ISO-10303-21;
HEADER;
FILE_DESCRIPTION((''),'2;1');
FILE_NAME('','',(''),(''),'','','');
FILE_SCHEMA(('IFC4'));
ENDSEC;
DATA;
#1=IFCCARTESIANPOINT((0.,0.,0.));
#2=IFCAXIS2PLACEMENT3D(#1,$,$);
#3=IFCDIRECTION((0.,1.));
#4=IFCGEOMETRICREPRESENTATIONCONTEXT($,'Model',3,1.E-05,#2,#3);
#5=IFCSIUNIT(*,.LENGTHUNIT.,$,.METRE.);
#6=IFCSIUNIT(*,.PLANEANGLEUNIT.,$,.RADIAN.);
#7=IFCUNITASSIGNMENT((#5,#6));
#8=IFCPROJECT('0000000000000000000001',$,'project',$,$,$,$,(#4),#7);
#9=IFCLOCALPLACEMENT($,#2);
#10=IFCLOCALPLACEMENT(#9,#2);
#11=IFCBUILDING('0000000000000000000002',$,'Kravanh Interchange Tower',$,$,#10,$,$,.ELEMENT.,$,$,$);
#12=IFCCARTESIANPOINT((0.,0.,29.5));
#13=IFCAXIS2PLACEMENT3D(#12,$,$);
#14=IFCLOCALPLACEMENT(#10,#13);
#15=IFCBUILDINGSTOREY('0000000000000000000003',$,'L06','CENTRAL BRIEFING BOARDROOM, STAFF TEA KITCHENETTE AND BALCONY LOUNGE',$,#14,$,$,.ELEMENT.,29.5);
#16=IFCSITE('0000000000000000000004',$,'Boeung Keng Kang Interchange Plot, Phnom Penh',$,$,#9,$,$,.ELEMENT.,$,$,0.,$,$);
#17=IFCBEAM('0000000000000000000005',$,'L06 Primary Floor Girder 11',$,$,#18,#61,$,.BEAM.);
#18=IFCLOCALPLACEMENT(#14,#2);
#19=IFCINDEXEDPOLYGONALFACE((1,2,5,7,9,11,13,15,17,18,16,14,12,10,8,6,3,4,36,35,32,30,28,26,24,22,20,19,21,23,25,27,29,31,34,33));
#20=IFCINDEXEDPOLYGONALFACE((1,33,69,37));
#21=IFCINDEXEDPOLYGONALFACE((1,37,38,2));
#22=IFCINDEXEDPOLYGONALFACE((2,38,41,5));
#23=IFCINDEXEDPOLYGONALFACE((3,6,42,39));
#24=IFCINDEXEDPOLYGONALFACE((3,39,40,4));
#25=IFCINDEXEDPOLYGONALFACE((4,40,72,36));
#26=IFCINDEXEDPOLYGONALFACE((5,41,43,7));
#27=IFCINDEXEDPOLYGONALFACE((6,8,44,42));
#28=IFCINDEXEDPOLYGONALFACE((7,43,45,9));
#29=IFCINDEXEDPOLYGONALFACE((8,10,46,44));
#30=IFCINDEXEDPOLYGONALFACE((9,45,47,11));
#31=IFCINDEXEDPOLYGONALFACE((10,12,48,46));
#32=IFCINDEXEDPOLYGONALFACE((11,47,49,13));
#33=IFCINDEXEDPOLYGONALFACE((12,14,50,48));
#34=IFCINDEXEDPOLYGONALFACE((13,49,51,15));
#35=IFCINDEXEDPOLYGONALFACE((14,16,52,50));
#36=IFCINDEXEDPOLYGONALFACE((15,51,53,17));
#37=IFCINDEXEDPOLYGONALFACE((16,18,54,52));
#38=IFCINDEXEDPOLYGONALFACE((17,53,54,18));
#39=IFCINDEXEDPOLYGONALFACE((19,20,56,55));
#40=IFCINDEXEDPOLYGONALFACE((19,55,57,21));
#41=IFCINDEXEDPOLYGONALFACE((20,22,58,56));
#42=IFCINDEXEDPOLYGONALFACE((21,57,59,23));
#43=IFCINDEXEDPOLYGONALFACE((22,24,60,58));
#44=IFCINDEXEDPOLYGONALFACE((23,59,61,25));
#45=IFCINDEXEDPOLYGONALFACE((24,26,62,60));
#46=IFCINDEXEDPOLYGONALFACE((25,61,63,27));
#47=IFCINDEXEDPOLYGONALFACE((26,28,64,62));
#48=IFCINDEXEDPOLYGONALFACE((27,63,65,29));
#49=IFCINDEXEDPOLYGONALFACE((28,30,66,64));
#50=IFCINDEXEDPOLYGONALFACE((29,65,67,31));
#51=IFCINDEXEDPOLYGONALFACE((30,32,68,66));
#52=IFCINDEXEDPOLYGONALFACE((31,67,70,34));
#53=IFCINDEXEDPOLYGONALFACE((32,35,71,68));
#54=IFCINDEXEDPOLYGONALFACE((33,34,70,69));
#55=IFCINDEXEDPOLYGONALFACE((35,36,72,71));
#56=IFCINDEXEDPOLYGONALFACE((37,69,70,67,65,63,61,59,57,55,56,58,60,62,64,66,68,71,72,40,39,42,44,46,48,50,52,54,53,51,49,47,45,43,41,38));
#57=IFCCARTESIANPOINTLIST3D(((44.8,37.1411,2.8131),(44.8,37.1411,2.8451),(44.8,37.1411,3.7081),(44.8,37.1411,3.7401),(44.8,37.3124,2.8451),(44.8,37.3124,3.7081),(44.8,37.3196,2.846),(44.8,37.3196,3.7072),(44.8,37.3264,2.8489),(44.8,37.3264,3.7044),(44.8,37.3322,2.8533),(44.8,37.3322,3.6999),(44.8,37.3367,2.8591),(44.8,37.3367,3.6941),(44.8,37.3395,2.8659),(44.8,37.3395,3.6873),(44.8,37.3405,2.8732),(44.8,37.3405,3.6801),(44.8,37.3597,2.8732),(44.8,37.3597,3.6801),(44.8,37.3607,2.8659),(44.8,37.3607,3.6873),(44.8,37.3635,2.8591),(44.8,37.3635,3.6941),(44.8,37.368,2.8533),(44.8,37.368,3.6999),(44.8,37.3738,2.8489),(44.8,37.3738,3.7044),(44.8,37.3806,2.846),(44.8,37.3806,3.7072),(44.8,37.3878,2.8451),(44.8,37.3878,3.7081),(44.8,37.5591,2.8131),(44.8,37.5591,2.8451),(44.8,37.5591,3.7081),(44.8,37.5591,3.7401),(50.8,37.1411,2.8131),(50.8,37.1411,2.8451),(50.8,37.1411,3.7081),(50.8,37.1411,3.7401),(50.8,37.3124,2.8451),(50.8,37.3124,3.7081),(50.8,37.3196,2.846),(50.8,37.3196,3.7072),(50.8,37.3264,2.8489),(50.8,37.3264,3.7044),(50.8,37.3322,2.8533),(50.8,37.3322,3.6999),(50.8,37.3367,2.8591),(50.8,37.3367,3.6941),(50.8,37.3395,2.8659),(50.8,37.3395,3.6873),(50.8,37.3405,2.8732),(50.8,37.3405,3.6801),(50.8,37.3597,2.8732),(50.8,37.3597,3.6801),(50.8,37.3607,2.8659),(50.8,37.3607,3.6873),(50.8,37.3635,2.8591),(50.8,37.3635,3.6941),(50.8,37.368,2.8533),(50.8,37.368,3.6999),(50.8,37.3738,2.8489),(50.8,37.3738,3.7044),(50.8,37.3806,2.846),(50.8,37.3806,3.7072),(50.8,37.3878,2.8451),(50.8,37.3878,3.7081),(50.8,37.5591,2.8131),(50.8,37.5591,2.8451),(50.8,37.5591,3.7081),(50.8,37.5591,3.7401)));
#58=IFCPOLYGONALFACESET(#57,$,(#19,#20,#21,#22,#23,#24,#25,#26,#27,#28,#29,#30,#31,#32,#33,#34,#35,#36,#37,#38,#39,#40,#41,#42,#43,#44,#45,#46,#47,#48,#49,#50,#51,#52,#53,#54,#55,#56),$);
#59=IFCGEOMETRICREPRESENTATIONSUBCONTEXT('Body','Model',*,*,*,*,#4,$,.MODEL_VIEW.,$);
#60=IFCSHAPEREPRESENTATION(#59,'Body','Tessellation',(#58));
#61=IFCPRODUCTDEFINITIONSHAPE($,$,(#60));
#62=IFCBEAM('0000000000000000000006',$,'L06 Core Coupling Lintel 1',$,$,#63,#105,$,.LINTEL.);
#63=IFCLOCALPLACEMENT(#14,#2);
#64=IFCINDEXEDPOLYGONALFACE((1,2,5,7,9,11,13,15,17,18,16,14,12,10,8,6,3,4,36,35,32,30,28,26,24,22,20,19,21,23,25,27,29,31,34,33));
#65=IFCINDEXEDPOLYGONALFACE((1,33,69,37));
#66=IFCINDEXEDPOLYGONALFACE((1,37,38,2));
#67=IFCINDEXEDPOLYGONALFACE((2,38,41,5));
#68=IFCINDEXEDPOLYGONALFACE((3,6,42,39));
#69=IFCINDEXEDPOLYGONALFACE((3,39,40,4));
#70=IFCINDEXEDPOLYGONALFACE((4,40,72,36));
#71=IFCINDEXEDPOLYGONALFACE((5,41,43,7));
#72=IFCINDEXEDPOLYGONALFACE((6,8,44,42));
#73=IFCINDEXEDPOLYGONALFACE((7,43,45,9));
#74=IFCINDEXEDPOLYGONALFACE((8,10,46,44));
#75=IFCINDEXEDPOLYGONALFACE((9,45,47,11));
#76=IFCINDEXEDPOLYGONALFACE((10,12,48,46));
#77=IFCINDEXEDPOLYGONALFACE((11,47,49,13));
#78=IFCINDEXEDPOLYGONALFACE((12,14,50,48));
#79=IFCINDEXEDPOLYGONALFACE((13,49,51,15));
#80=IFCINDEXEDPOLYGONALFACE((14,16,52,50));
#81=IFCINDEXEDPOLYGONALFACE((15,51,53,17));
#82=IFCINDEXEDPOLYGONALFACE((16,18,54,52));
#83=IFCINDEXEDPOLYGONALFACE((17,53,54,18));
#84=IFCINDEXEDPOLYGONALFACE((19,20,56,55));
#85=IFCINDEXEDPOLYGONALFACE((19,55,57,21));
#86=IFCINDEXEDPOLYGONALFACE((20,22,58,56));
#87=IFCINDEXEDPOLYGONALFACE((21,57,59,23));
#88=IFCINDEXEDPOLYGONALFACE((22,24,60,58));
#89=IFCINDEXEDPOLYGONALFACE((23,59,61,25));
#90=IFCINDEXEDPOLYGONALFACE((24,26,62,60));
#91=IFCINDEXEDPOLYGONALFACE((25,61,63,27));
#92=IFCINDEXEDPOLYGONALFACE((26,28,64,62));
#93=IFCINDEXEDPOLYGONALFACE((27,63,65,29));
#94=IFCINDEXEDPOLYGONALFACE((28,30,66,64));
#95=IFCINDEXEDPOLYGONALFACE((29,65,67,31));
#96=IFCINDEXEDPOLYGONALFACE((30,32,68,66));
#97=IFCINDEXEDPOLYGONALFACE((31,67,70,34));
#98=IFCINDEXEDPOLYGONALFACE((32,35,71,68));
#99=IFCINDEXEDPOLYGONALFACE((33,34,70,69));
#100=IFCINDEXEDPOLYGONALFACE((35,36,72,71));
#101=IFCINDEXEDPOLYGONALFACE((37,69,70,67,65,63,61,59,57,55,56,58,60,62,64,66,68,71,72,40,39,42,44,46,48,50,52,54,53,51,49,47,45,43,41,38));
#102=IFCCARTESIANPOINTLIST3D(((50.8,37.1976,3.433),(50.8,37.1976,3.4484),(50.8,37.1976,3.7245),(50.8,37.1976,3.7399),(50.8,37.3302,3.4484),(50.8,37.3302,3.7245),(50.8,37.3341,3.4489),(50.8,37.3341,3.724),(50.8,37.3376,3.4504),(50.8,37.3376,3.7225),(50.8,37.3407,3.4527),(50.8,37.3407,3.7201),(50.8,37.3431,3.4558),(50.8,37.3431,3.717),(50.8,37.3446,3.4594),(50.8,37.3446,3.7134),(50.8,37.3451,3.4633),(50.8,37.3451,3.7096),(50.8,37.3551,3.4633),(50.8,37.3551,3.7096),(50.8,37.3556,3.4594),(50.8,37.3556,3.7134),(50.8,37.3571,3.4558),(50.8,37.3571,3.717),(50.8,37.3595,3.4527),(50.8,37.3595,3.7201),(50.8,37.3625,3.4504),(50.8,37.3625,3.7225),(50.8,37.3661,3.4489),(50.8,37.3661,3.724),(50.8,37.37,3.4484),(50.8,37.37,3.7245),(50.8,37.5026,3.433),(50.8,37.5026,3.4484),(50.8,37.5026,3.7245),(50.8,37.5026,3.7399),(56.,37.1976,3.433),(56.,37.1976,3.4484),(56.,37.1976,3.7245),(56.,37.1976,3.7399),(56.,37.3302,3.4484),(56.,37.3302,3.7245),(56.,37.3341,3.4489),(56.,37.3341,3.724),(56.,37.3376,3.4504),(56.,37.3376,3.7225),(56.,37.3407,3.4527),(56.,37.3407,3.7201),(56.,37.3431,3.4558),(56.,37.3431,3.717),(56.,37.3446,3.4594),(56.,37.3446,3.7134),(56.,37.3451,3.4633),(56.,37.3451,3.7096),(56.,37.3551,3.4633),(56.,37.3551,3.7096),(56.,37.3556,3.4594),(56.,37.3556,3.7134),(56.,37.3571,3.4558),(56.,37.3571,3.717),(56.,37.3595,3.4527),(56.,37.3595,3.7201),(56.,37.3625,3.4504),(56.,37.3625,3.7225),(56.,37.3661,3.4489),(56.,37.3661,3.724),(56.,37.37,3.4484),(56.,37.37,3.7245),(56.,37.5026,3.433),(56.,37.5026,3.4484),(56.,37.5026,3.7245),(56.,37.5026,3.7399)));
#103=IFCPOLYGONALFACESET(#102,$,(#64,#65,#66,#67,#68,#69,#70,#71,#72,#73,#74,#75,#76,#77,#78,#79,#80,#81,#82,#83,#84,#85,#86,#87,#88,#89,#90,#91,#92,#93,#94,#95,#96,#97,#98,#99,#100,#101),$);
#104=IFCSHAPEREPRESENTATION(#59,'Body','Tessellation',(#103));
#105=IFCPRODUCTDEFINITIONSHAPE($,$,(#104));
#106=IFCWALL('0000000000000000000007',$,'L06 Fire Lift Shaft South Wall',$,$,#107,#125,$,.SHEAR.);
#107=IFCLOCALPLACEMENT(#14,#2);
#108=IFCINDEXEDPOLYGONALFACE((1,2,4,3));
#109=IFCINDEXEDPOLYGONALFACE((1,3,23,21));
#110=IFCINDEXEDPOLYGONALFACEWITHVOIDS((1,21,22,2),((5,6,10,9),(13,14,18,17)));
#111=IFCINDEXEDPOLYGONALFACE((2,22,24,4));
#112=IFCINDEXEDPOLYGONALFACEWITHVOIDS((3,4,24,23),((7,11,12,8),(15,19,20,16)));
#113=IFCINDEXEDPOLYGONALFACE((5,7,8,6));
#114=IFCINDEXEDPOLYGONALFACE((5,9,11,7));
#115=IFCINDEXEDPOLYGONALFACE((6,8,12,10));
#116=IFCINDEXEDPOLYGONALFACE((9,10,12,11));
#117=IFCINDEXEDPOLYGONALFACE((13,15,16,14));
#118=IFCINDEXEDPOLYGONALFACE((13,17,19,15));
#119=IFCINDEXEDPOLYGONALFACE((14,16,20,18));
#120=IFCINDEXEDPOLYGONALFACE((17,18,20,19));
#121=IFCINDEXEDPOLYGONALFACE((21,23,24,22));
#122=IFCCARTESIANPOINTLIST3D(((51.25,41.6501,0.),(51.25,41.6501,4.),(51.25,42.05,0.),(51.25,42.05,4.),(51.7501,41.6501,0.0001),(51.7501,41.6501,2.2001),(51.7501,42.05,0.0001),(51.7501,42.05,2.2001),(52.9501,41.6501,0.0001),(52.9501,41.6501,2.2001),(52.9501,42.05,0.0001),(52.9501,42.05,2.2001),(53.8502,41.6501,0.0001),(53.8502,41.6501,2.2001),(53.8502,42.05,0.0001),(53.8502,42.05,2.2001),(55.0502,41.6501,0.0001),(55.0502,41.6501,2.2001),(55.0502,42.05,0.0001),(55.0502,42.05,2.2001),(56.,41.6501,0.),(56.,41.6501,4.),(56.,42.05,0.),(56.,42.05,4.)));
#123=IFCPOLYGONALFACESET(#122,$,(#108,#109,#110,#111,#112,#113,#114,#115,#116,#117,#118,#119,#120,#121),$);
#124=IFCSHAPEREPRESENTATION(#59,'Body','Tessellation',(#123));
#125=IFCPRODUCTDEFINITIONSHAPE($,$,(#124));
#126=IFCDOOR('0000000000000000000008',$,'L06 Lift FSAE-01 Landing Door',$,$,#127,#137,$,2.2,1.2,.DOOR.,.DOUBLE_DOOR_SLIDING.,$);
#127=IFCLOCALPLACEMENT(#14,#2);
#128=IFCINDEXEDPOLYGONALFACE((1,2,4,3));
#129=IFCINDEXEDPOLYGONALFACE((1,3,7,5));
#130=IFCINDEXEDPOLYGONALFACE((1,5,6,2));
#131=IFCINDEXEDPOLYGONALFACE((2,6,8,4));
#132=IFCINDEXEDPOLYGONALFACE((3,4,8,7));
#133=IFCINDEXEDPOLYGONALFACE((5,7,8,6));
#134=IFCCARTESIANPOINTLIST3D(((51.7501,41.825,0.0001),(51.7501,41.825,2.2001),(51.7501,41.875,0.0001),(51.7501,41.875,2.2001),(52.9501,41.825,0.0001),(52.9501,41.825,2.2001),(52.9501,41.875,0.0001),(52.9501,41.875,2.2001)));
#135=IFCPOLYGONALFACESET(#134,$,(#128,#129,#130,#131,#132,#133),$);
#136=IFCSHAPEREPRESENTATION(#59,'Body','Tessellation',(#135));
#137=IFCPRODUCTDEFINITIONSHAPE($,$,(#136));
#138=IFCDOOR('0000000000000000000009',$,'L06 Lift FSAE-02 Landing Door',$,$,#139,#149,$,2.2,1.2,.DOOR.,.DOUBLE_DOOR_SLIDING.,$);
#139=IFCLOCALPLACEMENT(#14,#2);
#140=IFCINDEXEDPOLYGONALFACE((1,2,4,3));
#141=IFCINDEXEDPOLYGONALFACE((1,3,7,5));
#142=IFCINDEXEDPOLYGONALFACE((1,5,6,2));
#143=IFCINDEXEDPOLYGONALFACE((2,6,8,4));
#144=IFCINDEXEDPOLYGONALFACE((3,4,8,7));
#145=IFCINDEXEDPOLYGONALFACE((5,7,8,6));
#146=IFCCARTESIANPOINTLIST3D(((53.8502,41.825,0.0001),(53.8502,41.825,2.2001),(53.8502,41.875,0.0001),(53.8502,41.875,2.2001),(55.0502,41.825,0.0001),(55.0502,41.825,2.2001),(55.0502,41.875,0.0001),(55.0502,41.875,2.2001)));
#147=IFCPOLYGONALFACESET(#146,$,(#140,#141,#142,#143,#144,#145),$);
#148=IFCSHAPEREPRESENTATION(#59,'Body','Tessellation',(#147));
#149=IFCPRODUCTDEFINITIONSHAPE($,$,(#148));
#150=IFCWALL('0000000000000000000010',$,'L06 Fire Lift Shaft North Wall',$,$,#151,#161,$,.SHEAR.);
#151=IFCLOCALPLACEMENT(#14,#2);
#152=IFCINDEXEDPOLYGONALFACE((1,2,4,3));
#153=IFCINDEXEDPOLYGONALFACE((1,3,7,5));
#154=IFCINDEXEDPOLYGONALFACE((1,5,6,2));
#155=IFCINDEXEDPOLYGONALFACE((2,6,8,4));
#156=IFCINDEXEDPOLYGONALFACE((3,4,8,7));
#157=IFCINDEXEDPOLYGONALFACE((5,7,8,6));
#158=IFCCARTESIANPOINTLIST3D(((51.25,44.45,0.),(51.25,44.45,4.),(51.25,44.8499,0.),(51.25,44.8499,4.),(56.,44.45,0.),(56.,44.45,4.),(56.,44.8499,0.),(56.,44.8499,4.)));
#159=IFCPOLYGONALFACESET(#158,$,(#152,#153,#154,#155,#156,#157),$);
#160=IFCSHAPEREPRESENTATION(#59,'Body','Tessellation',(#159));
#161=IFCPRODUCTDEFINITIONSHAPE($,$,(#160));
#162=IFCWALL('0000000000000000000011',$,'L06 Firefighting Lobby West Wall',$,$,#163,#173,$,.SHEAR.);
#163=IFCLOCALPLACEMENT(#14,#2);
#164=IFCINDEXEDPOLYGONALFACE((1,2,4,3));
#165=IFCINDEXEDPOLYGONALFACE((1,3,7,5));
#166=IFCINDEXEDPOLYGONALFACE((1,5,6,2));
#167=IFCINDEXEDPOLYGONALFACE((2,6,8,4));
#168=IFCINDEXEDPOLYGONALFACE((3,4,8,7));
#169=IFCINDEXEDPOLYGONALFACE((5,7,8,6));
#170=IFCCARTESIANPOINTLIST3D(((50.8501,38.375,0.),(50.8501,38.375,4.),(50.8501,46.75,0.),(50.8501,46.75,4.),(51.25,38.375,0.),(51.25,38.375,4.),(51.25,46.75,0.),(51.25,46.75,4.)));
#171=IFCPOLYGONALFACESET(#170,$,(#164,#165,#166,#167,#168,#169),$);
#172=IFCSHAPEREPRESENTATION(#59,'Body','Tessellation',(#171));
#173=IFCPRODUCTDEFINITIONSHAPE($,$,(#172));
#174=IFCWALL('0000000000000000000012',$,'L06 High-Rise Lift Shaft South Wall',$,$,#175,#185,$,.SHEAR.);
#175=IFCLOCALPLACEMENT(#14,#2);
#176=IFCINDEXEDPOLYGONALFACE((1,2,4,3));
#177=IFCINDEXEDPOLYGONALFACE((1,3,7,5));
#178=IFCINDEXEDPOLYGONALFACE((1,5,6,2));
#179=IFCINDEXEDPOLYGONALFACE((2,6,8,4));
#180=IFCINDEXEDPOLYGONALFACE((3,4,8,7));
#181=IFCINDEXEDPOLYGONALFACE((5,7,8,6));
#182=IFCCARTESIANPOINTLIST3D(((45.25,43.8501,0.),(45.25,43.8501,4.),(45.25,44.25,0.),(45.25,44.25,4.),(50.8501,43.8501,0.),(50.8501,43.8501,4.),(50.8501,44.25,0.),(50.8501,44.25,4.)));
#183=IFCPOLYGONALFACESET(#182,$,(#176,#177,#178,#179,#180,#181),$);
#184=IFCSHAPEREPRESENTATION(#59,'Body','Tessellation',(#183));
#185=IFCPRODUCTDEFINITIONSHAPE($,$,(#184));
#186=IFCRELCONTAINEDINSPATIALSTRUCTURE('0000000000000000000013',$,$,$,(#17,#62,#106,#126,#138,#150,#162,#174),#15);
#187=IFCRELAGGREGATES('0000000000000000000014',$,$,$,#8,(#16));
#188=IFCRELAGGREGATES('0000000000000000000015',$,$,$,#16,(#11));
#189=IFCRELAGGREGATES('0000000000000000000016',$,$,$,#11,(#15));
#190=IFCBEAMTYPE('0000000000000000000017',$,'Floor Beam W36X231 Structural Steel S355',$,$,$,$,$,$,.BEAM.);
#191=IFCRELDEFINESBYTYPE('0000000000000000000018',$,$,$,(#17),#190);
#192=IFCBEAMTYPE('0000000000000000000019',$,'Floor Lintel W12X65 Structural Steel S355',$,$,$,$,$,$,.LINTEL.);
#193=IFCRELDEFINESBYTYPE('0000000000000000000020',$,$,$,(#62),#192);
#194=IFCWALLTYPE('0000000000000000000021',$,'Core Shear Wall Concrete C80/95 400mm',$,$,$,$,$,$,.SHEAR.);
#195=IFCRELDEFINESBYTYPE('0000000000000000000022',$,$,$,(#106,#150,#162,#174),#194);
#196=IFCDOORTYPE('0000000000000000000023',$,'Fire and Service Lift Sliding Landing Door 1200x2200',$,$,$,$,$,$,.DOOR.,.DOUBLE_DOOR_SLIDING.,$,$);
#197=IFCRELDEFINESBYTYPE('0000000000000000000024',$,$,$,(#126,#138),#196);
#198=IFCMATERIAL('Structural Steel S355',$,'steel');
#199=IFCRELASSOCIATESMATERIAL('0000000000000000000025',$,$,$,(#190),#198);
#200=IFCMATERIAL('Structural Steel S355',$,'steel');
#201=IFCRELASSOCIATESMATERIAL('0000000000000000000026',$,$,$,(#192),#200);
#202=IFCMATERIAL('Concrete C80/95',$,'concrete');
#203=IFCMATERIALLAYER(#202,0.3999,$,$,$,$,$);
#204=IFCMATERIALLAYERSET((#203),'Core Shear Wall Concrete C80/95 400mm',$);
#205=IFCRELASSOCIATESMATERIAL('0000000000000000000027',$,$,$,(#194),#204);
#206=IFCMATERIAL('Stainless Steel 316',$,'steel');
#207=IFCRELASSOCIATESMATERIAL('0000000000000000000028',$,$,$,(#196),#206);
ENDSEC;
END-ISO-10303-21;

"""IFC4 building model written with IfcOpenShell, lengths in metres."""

from ifc_helpers import new_model, si_unit, direction, frame, frame_2d, origin, origin_2d, place, context, subcontext, project, spatial, rectangle, i_section, extrude, material, layer, layer_set, material_profile, profile_set, type_object, element, fill, save


model = new_model("IFC4")

# Units and contexts
model_context = context("Model", 3, precision=1e-05, world=origin(), true_north=direction((0.0, 1.0)))
body_context = subcontext(model_context, "Body", "Model", "MODEL_VIEW")
ifc_project = project(units=[si_unit("LENGTHUNIT", "METRE"), si_unit("PLANEANGLEUNIT", "RADIAN")], contexts=[model_context])

# Site, building, storey
site_placement = place(None, origin())
site = spatial("IfcSite", under=ifc_project, at=site_placement, Name="Boeung Keng Kang Interchange Plot, Phnom Penh", CompositionType="ELEMENT", RefElevation=0.0)
building_placement = place(site_placement, origin())
building = spatial("IfcBuilding", under=site, at=building_placement, Name="Kravanh Interchange Tower", CompositionType="ELEMENT")
storey_placement = place(building_placement, frame((0.0, 0.0, 29.5)))
storey = spatial("IfcBuildingStorey", under=building, at=storey_placement, Name="L06", Description="CENTRAL BRIEFING BOARDROOM, STAFF TEA KITCHENETTE AND BALCONY LOUNGE", CompositionType="ELEMENT", Elevation=29.5)

# Beams
ifc_material_1 = material(Name="Structural Steel S355", Category="steel")
ifc_material_profile_1 = material_profile(ifc_material_1, i_section(OverallWidth=0.418, OverallDepth=0.927, WebThickness=0.0193, FlangeThickness=0.032, FilletRadius=0.0281, at=origin_2d()), Name="W36X231")
ifc_profile_set_1 = profile_set([ifc_material_profile_1], Name="Structural Steel S355")
beam_type_1 = type_object("IfcBeamType", Name="Floor Beam W36X231 Structural Steel S355", PredefinedType="BEAM", material=ifc_profile_set_1)
beam_1_placement = place(storey_placement, frame((50.8, 37.3501, 3.2766), z_axis=(-1.0, 0.0, 0.0), x_axis=(0.0, -1.0, 0.0)))
element("IfcBeam", 1, at=beam_1_placement, inside=storey, type_object=beam_type_1, Name="L06 Primary Floor Girder 11", PredefinedType="BEAM", context=body_context, shape_type="SweptSolid", body=[
    extrude(i_section(OverallWidth=0.418, OverallDepth=0.927, WebThickness=0.0193, FlangeThickness=0.032, FilletRadius=0.0281, at=origin_2d()), origin(), (0.0, 0.0, 1.0), 6.0),
])
ifc_material_2 = material(Name="Structural Steel S355", Category="steel")
ifc_material_profile_2 = material_profile(ifc_material_2, i_section(OverallWidth=0.3049, OverallDepth=0.3069, WebThickness=0.01, FlangeThickness=0.0154, FilletRadius=0.0149, at=origin_2d()), Name="W12X65")
ifc_profile_set_2 = profile_set([ifc_material_profile_2], Name="Structural Steel S355")
beam_type_2 = type_object("IfcBeamType", Name="Floor Lintel W12X65 Structural Steel S355", PredefinedType="LINTEL", material=ifc_profile_set_2)
beam_2_placement = place(storey_placement, frame((50.8, 37.3501, 3.5864), z_axis=(1.0, 0.0, 0.0), x_axis=(0.0, 1.0, 0.0)))
element("IfcBeam", 2, at=beam_2_placement, inside=storey, type_object=beam_type_2, Name="L06 Core Coupling Lintel 1", PredefinedType="LINTEL", context=body_context, shape_type="SweptSolid", body=[
    extrude(i_section(OverallWidth=0.3049, OverallDepth=0.3069, WebThickness=0.01, FlangeThickness=0.0154, FilletRadius=0.0149, at=origin_2d()), origin(), (0.0, 0.0, 1.0), 5.2),
])

# Wall, openings, doors
ifc_material_3 = material(Name="Concrete C80/95", Category="concrete")
ifc_layer_1 = layer(ifc_material_3, 0.3999)
ifc_layer_set_1 = layer_set([ifc_layer_1], Name="Core Shear Wall Concrete C80/95 400mm")
wall_type_1 = type_object("IfcWallType", Name="Core Shear Wall Concrete C80/95 400mm", PredefinedType="SHEAR", material=ifc_layer_set_1)
wall_1_placement = place(storey_placement, frame((51.25, 41.8501, 0.0), z_axis=(0.0, 0.0, 1.0), x_axis=(1.0, 0.0, 0.0)))
wall_1 = element("IfcWall", 3, at=wall_1_placement, inside=storey, type_object=wall_type_1, Name="L06 Fire Lift Shaft South Wall", PredefinedType="SHEAR", context=body_context, shape_type="SweptSolid", body=[
    extrude(rectangle(XDim=4.75, YDim=0.3999, at=frame_2d((2.375, 0.0))), origin(), (0.0, 0.0, 1.0), 4.0),
])
opening_1_placement = place(wall_1_placement, frame((0.5, 0.0, 0.0)))
opening_1 = element("IfcOpeningElement", 4, at=opening_1_placement, cuts=wall_1, PredefinedType="OPENING", context=body_context, shape_type="SweptSolid", body=[
    extrude(rectangle(XDim=1.2, YDim=2.2, at=frame_2d((0.6001, 1.1001))), frame((0.0, 0.21, 0.0), z_axis=(0.0, -1.0, 0.0), x_axis=(1.0, 0.0, 0.0)), (0.0, 0.0, 1.0), 0.4199),
])
opening_2_placement = place(wall_1_placement, frame((2.6001, 0.0, 0.0)))
opening_2 = element("IfcOpeningElement", 5, at=opening_2_placement, cuts=wall_1, PredefinedType="OPENING", context=body_context, shape_type="SweptSolid", body=[
    extrude(rectangle(XDim=1.2, YDim=2.2, at=frame_2d((0.6001, 1.1001))), frame((0.0, 0.21, 0.0), z_axis=(0.0, -1.0, 0.0), x_axis=(1.0, 0.0, 0.0)), (0.0, 0.0, 1.0), 0.4199),
])
ifc_material_4 = material(Name="Stainless Steel 316", Category="steel")
door_type_1 = type_object("IfcDoorType", Name="Fire and Service Lift Sliding Landing Door 1200x2200", OperationType="DOUBLE_DOOR_SLIDING", PredefinedType="DOOR", material=ifc_material_4)
door_1_placement = place(opening_1_placement, origin())
door_1 = element("IfcDoor", 6, at=door_1_placement, inside=storey, type_object=door_type_1, Name="L06 Lift FSAE-01 Landing Door", OperationType="DOUBLE_DOOR_SLIDING", OverallHeight=2.2, OverallWidth=1.2, PredefinedType="DOOR", context=body_context, shape_type="SweptSolid", body=[
    extrude(rectangle(XDim=1.2, YDim=2.2, at=frame_2d((0.6001, 1.1001))), frame((0.0, 0.0249, 0.0), z_axis=(0.0, -1.0, 0.0), x_axis=(1.0, 0.0, 0.0)), (0.0, 0.0, 1.0), 0.05),
])
fill(opening_1, door_1)
door_2_placement = place(opening_2_placement, origin())
door_2 = element("IfcDoor", 7, at=door_2_placement, inside=storey, type_object=door_type_1, Name="L06 Lift FSAE-02 Landing Door", OperationType="DOUBLE_DOOR_SLIDING", OverallHeight=2.2, OverallWidth=1.2, PredefinedType="DOOR", context=body_context, shape_type="SweptSolid", body=[
    extrude(rectangle(XDim=1.2, YDim=2.2, at=frame_2d((0.6001, 1.1001))), frame((0.0, 0.0249, 0.0), z_axis=(0.0, -1.0, 0.0), x_axis=(1.0, 0.0, 0.0)), (0.0, 0.0, 1.0), 0.05),
])
fill(opening_2, door_2)

# Walls
wall_2_placement = place(storey_placement, frame((51.25, 44.6499, 0.0), z_axis=(0.0, 0.0, 1.0), x_axis=(1.0, 0.0, 0.0)))
element("IfcWall", 8, at=wall_2_placement, inside=storey, type_object=wall_type_1, Name="L06 Fire Lift Shaft North Wall", PredefinedType="SHEAR", context=body_context, shape_type="SweptSolid", body=[
    extrude(rectangle(XDim=4.75, YDim=0.3999, at=frame_2d((2.375, 0.0))), origin(), (0.0, 0.0, 1.0), 4.0),
])
wall_3_placement = place(storey_placement, frame((51.05, 38.375, 0.0), z_axis=(0.0, 0.0, 1.0), x_axis=(0.0, 1.0, 0.0)))
element("IfcWall", 9, at=wall_3_placement, inside=storey, type_object=wall_type_1, Name="L06 Firefighting Lobby West Wall", PredefinedType="SHEAR", context=body_context, shape_type="SweptSolid", body=[
    extrude(rectangle(XDim=8.375, YDim=0.3999, at=frame_2d((4.1875, 0.0))), origin(), (0.0, 0.0, 1.0), 4.0),
])
wall_4_placement = place(storey_placement, frame((45.25, 44.05, 0.0), z_axis=(0.0, 0.0, 1.0), x_axis=(1.0, 0.0, 0.0)))
element("IfcWall", 10, at=wall_4_placement, inside=storey, type_object=wall_type_1, Name="L06 High-Rise Lift Shaft South Wall", PredefinedType="SHEAR", context=body_context, shape_type="SweptSolid", body=[
    extrude(rectangle(XDim=5.6001, YDim=0.3999, at=frame_2d((2.8, 0.0))), origin(), (0.0, 0.0, 1.0), 4.0),
])

save(model, "model.ifc")
